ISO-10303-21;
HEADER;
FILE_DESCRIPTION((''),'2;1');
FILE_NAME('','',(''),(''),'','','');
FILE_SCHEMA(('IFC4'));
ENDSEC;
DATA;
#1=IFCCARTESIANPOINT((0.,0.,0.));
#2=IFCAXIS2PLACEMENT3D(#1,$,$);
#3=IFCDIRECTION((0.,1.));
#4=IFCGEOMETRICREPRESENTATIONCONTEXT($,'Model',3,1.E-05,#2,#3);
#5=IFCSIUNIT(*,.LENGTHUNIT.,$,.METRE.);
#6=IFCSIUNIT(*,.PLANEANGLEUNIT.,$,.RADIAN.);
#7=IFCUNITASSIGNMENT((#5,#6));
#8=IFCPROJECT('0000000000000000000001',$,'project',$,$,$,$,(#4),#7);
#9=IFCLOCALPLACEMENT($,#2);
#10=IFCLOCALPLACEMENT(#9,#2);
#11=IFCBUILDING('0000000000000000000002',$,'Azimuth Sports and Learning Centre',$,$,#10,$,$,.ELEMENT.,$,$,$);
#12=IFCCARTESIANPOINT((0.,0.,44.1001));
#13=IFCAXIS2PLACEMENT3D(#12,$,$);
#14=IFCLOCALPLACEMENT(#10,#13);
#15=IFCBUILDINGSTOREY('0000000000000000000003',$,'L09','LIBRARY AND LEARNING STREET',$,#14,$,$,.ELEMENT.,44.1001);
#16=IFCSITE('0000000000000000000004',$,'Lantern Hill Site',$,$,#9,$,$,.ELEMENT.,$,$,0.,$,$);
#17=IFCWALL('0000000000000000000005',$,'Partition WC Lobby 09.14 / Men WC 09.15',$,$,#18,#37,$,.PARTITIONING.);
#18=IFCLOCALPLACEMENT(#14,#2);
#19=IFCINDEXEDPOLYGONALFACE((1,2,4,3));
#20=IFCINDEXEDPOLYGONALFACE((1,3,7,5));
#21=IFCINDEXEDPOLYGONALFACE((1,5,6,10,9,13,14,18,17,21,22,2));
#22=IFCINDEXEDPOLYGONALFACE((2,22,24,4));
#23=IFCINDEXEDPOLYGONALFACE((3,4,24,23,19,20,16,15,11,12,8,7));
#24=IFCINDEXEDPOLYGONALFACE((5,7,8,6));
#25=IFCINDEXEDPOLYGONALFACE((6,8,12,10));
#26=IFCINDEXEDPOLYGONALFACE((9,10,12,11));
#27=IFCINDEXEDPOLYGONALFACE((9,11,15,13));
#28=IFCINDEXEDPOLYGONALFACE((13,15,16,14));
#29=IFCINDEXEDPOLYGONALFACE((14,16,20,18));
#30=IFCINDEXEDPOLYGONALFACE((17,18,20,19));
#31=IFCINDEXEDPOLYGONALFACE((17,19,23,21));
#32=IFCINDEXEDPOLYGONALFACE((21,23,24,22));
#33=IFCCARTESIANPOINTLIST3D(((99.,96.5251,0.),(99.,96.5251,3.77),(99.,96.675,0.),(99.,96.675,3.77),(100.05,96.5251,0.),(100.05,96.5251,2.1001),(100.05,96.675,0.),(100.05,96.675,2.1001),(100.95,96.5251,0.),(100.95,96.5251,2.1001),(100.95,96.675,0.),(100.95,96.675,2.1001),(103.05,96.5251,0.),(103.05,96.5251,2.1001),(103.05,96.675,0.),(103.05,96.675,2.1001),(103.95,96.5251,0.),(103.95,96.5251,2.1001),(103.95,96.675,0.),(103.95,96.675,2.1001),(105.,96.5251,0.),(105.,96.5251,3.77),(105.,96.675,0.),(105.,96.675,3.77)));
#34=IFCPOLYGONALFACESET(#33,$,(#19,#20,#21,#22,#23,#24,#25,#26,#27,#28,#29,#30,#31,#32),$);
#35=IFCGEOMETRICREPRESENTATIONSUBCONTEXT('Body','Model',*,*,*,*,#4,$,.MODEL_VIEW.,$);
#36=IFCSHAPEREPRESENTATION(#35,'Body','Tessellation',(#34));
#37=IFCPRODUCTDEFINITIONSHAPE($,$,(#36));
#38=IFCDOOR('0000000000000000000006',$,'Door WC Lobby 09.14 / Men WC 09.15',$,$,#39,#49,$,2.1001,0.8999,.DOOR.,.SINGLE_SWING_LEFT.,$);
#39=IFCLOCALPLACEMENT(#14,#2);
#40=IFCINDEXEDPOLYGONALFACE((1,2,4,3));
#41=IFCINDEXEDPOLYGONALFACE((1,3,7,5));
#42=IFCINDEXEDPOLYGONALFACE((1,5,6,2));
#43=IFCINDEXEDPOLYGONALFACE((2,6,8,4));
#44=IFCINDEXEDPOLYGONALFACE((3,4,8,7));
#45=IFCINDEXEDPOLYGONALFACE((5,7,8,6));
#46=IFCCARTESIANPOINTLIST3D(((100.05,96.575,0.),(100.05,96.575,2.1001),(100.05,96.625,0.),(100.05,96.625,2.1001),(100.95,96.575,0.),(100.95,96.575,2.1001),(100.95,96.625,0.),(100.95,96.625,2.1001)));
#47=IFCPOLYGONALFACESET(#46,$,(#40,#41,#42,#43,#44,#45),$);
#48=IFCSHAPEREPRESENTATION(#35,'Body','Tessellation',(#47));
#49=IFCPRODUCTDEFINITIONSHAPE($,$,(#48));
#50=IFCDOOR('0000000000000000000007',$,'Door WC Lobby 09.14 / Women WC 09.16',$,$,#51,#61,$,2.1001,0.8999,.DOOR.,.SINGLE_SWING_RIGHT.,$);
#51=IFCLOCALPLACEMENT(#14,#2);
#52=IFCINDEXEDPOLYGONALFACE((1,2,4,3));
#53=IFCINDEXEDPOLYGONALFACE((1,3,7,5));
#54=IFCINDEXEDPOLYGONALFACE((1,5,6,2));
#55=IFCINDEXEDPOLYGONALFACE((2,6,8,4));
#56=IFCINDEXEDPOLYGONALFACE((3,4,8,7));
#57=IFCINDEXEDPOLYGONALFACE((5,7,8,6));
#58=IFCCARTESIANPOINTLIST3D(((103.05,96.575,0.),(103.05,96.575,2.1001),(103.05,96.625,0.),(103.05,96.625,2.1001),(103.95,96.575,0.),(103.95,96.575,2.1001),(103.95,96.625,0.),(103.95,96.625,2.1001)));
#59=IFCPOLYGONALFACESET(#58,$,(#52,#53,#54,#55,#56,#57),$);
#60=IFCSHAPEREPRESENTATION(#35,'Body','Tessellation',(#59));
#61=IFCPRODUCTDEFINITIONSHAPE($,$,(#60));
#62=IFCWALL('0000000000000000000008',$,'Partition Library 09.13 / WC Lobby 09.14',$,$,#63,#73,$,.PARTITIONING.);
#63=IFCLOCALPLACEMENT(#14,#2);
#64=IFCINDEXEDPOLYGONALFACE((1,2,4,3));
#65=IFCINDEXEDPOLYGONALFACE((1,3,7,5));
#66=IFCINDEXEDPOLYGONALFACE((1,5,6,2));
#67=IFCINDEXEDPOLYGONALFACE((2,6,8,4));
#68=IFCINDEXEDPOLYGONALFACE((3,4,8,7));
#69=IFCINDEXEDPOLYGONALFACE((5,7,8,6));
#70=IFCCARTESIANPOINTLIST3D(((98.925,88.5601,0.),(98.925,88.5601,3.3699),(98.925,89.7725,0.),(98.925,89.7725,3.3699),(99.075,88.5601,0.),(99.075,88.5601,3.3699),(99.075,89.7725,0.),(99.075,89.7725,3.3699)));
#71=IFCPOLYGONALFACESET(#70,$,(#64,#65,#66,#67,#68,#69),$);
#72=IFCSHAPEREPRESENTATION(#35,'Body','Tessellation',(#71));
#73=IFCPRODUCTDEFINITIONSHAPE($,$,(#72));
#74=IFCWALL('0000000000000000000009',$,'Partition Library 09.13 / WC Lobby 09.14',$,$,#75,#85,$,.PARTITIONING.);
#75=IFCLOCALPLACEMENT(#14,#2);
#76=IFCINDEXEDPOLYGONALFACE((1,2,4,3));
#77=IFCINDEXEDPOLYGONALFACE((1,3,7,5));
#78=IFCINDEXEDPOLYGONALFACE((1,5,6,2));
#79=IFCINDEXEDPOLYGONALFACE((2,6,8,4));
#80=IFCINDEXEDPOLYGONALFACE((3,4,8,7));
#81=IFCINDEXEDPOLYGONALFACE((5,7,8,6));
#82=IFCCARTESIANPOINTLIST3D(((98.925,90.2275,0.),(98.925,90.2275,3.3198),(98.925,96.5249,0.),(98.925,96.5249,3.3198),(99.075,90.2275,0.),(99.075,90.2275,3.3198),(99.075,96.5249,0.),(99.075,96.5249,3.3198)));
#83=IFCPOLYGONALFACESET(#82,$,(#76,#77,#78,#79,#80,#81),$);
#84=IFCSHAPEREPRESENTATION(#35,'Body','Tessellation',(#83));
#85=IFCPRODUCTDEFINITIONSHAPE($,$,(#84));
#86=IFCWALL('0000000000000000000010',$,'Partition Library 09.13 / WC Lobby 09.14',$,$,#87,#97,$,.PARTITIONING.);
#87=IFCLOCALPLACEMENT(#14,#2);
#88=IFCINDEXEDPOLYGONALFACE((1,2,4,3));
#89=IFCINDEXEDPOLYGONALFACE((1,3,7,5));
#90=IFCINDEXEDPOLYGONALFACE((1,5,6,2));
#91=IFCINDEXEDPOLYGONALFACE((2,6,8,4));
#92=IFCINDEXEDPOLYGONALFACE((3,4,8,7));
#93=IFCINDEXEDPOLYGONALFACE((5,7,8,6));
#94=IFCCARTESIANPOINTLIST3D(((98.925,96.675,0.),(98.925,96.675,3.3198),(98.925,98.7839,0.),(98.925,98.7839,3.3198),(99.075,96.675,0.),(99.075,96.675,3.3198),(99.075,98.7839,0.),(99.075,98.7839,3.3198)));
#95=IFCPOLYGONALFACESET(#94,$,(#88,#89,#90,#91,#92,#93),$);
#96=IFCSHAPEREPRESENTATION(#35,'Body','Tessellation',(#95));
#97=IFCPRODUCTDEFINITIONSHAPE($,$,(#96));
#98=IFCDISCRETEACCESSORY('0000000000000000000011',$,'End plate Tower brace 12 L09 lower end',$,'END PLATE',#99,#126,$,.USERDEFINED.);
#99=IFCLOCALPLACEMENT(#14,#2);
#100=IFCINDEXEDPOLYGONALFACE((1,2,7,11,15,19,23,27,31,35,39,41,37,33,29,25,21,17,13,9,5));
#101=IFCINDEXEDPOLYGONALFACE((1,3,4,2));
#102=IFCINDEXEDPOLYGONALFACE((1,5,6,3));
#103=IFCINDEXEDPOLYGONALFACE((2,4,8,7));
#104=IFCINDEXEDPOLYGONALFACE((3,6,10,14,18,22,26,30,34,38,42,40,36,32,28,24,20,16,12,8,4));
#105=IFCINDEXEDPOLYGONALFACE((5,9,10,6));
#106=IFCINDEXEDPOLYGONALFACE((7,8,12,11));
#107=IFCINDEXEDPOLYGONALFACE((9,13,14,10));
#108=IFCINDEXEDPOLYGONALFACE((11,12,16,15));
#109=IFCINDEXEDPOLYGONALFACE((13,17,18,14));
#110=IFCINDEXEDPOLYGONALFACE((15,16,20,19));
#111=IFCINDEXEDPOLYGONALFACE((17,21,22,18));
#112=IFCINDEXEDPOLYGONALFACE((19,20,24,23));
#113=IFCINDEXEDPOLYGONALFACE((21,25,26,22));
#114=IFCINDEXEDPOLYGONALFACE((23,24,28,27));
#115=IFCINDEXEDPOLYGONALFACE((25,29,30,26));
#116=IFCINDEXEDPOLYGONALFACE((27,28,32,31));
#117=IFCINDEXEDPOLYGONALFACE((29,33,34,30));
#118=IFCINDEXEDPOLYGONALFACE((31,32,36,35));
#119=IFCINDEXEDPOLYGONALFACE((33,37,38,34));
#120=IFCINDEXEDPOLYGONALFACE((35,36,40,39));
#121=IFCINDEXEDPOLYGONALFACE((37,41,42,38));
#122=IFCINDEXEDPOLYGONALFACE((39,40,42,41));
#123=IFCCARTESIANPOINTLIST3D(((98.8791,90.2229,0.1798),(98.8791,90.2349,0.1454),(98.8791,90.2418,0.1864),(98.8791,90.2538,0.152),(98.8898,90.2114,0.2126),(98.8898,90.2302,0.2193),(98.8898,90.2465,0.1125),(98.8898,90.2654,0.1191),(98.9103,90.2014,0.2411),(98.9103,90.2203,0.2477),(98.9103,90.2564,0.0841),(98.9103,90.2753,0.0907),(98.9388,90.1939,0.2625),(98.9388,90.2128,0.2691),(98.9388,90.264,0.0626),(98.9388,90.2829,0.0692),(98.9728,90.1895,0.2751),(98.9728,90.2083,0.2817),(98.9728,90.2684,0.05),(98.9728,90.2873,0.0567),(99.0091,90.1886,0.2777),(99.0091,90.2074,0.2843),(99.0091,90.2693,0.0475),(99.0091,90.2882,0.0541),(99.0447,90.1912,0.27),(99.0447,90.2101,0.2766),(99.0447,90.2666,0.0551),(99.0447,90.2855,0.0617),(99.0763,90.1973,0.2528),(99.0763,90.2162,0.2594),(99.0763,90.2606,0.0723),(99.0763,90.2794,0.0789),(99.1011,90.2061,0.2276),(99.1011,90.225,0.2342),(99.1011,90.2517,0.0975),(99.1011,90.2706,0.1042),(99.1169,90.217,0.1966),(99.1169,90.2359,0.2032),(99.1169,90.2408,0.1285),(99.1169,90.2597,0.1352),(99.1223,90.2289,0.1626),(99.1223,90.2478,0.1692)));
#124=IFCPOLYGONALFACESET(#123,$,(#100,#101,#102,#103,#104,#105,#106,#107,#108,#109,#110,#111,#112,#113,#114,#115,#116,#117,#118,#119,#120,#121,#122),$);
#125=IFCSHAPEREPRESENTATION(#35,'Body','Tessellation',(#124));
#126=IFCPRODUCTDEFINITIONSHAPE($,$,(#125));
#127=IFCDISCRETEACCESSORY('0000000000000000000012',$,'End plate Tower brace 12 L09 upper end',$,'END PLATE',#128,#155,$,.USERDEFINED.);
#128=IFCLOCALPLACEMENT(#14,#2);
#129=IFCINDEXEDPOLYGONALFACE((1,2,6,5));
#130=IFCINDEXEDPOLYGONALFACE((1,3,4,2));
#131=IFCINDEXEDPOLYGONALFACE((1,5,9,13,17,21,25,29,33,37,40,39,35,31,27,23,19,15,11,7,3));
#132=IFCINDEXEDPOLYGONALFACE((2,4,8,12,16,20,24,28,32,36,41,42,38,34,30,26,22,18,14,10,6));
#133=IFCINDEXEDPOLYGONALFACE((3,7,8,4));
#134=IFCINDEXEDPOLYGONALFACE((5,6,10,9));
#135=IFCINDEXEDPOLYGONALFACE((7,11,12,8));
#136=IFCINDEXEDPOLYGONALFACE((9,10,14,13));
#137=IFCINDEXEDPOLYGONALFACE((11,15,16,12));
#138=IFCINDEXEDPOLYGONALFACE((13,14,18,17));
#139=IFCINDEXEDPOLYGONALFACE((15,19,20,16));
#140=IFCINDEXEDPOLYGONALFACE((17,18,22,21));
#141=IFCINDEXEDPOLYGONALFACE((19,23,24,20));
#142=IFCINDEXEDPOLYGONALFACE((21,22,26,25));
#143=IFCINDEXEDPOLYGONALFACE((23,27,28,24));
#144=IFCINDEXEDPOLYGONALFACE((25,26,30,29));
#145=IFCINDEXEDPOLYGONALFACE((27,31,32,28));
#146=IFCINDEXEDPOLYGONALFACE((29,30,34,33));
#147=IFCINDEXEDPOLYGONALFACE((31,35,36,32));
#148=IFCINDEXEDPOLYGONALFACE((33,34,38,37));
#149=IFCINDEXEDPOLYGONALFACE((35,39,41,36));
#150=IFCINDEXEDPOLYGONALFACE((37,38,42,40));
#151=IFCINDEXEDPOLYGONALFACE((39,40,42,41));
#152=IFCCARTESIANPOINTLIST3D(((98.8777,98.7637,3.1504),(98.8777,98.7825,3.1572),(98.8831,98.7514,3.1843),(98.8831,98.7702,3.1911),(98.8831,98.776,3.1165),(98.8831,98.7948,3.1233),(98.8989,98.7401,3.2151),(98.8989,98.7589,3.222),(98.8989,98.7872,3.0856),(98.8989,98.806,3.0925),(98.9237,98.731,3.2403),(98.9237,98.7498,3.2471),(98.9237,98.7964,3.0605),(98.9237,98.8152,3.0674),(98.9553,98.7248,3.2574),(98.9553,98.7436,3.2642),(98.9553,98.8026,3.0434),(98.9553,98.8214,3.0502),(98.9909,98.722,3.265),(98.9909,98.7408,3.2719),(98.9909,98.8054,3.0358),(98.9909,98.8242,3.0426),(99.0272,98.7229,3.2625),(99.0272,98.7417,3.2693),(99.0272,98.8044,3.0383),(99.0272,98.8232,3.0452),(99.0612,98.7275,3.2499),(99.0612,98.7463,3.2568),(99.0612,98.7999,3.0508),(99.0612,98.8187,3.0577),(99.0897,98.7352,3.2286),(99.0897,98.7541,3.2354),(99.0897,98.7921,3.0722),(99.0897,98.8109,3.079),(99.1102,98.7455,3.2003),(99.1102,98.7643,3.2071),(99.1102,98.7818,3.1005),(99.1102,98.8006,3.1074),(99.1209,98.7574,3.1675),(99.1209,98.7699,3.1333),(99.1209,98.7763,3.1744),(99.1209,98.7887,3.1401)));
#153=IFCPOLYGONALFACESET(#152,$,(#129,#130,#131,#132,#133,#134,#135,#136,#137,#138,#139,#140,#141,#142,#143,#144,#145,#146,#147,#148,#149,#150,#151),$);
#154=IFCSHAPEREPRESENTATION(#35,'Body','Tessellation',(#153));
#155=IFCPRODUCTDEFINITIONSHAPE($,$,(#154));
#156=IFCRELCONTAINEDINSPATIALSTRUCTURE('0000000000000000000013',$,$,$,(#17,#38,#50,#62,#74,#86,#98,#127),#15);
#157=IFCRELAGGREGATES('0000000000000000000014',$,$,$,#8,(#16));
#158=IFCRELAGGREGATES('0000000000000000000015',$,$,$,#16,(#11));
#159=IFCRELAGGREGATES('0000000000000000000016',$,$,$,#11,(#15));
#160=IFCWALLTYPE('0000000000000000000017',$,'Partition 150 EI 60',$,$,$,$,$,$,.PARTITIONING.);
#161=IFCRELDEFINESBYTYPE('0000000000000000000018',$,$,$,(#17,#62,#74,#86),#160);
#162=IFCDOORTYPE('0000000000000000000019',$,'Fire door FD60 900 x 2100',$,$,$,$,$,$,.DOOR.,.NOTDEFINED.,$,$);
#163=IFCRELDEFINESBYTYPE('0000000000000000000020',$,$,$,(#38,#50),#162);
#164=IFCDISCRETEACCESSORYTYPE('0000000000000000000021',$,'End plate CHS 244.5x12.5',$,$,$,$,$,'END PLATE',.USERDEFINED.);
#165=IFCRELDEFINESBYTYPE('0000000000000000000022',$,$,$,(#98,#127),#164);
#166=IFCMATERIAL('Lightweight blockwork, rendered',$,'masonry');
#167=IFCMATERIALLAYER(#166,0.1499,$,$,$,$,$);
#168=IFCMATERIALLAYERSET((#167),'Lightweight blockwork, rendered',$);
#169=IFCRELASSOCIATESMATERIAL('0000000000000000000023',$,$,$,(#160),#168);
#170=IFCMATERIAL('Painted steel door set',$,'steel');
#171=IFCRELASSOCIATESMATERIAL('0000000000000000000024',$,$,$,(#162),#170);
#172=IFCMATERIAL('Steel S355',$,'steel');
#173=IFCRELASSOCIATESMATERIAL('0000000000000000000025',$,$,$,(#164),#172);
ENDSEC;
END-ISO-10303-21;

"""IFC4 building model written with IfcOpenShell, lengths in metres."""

from ifc_helpers import new_model, si_unit, direction, frame, frame_2d, origin, origin_2d, place, context, subcontext, project, spatial, rectangle, circle, extrude, material, layer, layer_set, material_profile, profile_set, type_object, element, fill, save


model = new_model("IFC4")

# Units and contexts
model_context = context("Model", 3, precision=1e-05, world=origin(), true_north=direction((0.0, 1.0)))
body_context = subcontext(model_context, "Body", "Model", "MODEL_VIEW")
ifc_project = project(units=[si_unit("LENGTHUNIT", "METRE"), si_unit("PLANEANGLEUNIT", "RADIAN")], contexts=[model_context])

# Site, building, storey
site_placement = place(None, origin())
site = spatial("IfcSite", under=ifc_project, at=site_placement, Name="Lantern Hill Site", CompositionType="ELEMENT", RefElevation=0.0)
building_placement = place(site_placement, origin())
building = spatial("IfcBuilding", under=site, at=building_placement, Name="Azimuth Sports and Learning Centre", CompositionType="ELEMENT")
storey_placement = place(building_placement, frame((0.0, 0.0, 44.1001)))
storey = spatial("IfcBuildingStorey", under=building, at=storey_placement, Name="L09", Description="LIBRARY AND LEARNING STREET", CompositionType="ELEMENT", Elevation=44.1001)

# Wall, openings, doors
ifc_material_1 = material(Name="Lightweight blockwork, rendered", Category="masonry")
ifc_layer = layer(ifc_material_1, 0.1499)
ifc_layer_set = layer_set([ifc_layer], Name="Lightweight blockwork, rendered")
wall_type = type_object("IfcWallType", Name="Partition 150 EI 60", PredefinedType="PARTITIONING", material=ifc_layer_set)
wall_1_placement = place(storey_placement, frame((99.0, 96.6001, 0.0), z_axis=(0.0, 0.0, 1.0), x_axis=(1.0, 0.0, 0.0)))
wall_1 = element("IfcWall", 1, at=wall_1_placement, inside=storey, type_object=wall_type, Name="Partition WC Lobby 09.14 / Men WC 09.15", PredefinedType="PARTITIONING", context=body_context, shape_type="SweptSolid", body=[
    extrude(rectangle(XDim=6.0, YDim=0.1499, at=frame_2d((3.0, 0.0))), origin(), (0.0, 0.0, 1.0), 3.77),
])
opening_1_placement = place(wall_1_placement, frame((1.05, 0.0, 0.0)))
opening_1 = element("IfcOpeningElement", 2, at=opening_1_placement, cuts=wall_1, PredefinedType="OPENING", context=body_context, shape_type="SweptSolid", body=[
    extrude(rectangle(XDim=0.8999, YDim=2.1001, at=frame_2d((0.45, 1.05))), frame((0.0, 0.0859, 0.0), z_axis=(0.0, -1.0, 0.0), x_axis=(1.0, 0.0, 0.0)), (0.0, 0.0, 1.0), 0.1719),
])
opening_2_placement = place(wall_1_placement, frame((4.05, 0.0, 0.0)))
opening_2 = element("IfcOpeningElement", 3, at=opening_2_placement, cuts=wall_1, PredefinedType="OPENING", context=body_context, shape_type="SweptSolid", body=[
    extrude(rectangle(XDim=0.8999, YDim=2.1001, at=frame_2d((0.45, 1.05))), frame((0.0, 0.0859, 0.0), z_axis=(0.0, -1.0, 0.0), x_axis=(1.0, 0.0, 0.0)), (0.0, 0.0, 1.0), 0.1719),
])
ifc_material_2 = material(Name="Painted steel door set", Category="steel")
door_type = type_object("IfcDoorType", Name="Fire door FD60 900 x 2100", OperationType="NOTDEFINED", PredefinedType="DOOR", material=ifc_material_2)
door_1_placement = place(opening_1_placement, origin())
door_1 = element("IfcDoor", 4, at=door_1_placement, inside=storey, type_object=door_type, Name="Door WC Lobby 09.14 / Men WC 09.15", OperationType="SINGLE_SWING_LEFT", OverallHeight=2.1001, OverallWidth=0.8999, PredefinedType="DOOR", context=body_context, shape_type="SweptSolid", body=[
    extrude(rectangle(XDim=0.8999, YDim=2.1001, at=frame_2d((0.45, 1.05))), frame((0.0, 0.0249, 0.0), z_axis=(0.0, -1.0, 0.0), x_axis=(1.0, 0.0, 0.0)), (0.0, 0.0, 1.0), 0.05),
])
fill(opening_1, door_1)
door_2_placement = place(opening_2_placement, origin())
door_2 = element("IfcDoor", 5, at=door_2_placement, inside=storey, type_object=door_type, Name="Door WC Lobby 09.14 / Women WC 09.16", OperationType="SINGLE_SWING_RIGHT", OverallHeight=2.1001, OverallWidth=0.8999, PredefinedType="DOOR", context=body_context, shape_type="SweptSolid", body=[
    extrude(rectangle(XDim=0.8999, YDim=2.1001, at=frame_2d((0.45, 1.05))), frame((0.0, 0.0249, 0.0), z_axis=(0.0, -1.0, 0.0), x_axis=(1.0, 0.0, 0.0)), (0.0, 0.0, 1.0), 0.05),
])
fill(opening_2, door_2)

# Walls
wall_2_placement = place(storey_placement, frame((99.0, 88.5601, 0.0), z_axis=(0.0, 0.0, 1.0), x_axis=(0.0, 1.0, 0.0)))
element("IfcWall", 6, at=wall_2_placement, inside=storey, type_object=wall_type, Name="Partition Library 09.13 / WC Lobby 09.14", PredefinedType="PARTITIONING", context=body_context, shape_type="SweptSolid", body=[
    extrude(rectangle(XDim=1.2124, YDim=0.1499, at=frame_2d((0.6062, 0.0))), origin(), (0.0, 0.0, 1.0), 3.3699),
])
wall_3_placement = place(storey_placement, frame((99.0, 90.2275, 0.0), z_axis=(0.0, 0.0, 1.0), x_axis=(0.0, 1.0, 0.0)))
element("IfcWall", 7, at=wall_3_placement, inside=storey, type_object=wall_type, Name="Partition Library 09.13 / WC Lobby 09.14", PredefinedType="PARTITIONING", context=body_context, shape_type="SweptSolid", body=[
    extrude(rectangle(XDim=6.2974, YDim=0.1499, at=frame_2d((3.1487, 0.0))), origin(), (0.0, 0.0, 1.0), 3.3198),
])
wall_4_placement = place(storey_placement, frame((99.0, 96.675, 0.0), z_axis=(0.0, 0.0, 1.0), x_axis=(0.0, 1.0, 0.0)))
element("IfcWall", 8, at=wall_4_placement, inside=storey, type_object=wall_type, Name="Partition Library 09.13 / WC Lobby 09.14", PredefinedType="PARTITIONING", context=body_context, shape_type="SweptSolid", body=[
    extrude(rectangle(XDim=2.1089, YDim=0.1499, at=frame_2d((1.0544, 0.0))), origin(), (0.0, 0.0, 1.0), 3.3198),
])

# Discrete accessories
ifc_material_3 = material(Name="Steel S355", Category="steel")
ifc_material_profile_1 = material_profile(ifc_material_3, circle(Radius=0.1223, at=origin_2d()), Name="PL 244 DISC")
ifc_profile_set_1 = profile_set([ifc_material_profile_1], Name="Steel S355")
discrete_accessory_type = type_object("IfcDiscreteAccessoryType", Name="End plate CHS 244.5x12.5", ElementType="END PLATE", PredefinedType="USERDEFINED", material=ifc_profile_set_1)
for number, where, z_axis, x_axis, name in (
    (9, (99.0, 90.2478, 0.1692), (0.0, -0.943667, -0.330896), (1.0, 0.0, 0.0), "End plate Tower brace 12 L09 lower end"),
    (10, (99.0, 98.7637, 3.1504), (0.0, 0.939793, 0.341743), (-1.0, 0.0, 0.0), "End plate Tower brace 12 L09 upper end"),
):
    element("IfcDiscreteAccessory", number, at=place(storey_placement, frame(where, z_axis=z_axis, x_axis=x_axis)), inside=storey, type_object=discrete_accessory_type, Name=name, ObjectType="END PLATE", PredefinedType="USERDEFINED", context=body_context, shape_type="SweptSolid", body=[
        extrude(circle(Radius=0.1223, at=origin_2d()), origin(), (0.0, 0.0, 1.0), 0.02),
    ])

save(model, "model.ifc")
